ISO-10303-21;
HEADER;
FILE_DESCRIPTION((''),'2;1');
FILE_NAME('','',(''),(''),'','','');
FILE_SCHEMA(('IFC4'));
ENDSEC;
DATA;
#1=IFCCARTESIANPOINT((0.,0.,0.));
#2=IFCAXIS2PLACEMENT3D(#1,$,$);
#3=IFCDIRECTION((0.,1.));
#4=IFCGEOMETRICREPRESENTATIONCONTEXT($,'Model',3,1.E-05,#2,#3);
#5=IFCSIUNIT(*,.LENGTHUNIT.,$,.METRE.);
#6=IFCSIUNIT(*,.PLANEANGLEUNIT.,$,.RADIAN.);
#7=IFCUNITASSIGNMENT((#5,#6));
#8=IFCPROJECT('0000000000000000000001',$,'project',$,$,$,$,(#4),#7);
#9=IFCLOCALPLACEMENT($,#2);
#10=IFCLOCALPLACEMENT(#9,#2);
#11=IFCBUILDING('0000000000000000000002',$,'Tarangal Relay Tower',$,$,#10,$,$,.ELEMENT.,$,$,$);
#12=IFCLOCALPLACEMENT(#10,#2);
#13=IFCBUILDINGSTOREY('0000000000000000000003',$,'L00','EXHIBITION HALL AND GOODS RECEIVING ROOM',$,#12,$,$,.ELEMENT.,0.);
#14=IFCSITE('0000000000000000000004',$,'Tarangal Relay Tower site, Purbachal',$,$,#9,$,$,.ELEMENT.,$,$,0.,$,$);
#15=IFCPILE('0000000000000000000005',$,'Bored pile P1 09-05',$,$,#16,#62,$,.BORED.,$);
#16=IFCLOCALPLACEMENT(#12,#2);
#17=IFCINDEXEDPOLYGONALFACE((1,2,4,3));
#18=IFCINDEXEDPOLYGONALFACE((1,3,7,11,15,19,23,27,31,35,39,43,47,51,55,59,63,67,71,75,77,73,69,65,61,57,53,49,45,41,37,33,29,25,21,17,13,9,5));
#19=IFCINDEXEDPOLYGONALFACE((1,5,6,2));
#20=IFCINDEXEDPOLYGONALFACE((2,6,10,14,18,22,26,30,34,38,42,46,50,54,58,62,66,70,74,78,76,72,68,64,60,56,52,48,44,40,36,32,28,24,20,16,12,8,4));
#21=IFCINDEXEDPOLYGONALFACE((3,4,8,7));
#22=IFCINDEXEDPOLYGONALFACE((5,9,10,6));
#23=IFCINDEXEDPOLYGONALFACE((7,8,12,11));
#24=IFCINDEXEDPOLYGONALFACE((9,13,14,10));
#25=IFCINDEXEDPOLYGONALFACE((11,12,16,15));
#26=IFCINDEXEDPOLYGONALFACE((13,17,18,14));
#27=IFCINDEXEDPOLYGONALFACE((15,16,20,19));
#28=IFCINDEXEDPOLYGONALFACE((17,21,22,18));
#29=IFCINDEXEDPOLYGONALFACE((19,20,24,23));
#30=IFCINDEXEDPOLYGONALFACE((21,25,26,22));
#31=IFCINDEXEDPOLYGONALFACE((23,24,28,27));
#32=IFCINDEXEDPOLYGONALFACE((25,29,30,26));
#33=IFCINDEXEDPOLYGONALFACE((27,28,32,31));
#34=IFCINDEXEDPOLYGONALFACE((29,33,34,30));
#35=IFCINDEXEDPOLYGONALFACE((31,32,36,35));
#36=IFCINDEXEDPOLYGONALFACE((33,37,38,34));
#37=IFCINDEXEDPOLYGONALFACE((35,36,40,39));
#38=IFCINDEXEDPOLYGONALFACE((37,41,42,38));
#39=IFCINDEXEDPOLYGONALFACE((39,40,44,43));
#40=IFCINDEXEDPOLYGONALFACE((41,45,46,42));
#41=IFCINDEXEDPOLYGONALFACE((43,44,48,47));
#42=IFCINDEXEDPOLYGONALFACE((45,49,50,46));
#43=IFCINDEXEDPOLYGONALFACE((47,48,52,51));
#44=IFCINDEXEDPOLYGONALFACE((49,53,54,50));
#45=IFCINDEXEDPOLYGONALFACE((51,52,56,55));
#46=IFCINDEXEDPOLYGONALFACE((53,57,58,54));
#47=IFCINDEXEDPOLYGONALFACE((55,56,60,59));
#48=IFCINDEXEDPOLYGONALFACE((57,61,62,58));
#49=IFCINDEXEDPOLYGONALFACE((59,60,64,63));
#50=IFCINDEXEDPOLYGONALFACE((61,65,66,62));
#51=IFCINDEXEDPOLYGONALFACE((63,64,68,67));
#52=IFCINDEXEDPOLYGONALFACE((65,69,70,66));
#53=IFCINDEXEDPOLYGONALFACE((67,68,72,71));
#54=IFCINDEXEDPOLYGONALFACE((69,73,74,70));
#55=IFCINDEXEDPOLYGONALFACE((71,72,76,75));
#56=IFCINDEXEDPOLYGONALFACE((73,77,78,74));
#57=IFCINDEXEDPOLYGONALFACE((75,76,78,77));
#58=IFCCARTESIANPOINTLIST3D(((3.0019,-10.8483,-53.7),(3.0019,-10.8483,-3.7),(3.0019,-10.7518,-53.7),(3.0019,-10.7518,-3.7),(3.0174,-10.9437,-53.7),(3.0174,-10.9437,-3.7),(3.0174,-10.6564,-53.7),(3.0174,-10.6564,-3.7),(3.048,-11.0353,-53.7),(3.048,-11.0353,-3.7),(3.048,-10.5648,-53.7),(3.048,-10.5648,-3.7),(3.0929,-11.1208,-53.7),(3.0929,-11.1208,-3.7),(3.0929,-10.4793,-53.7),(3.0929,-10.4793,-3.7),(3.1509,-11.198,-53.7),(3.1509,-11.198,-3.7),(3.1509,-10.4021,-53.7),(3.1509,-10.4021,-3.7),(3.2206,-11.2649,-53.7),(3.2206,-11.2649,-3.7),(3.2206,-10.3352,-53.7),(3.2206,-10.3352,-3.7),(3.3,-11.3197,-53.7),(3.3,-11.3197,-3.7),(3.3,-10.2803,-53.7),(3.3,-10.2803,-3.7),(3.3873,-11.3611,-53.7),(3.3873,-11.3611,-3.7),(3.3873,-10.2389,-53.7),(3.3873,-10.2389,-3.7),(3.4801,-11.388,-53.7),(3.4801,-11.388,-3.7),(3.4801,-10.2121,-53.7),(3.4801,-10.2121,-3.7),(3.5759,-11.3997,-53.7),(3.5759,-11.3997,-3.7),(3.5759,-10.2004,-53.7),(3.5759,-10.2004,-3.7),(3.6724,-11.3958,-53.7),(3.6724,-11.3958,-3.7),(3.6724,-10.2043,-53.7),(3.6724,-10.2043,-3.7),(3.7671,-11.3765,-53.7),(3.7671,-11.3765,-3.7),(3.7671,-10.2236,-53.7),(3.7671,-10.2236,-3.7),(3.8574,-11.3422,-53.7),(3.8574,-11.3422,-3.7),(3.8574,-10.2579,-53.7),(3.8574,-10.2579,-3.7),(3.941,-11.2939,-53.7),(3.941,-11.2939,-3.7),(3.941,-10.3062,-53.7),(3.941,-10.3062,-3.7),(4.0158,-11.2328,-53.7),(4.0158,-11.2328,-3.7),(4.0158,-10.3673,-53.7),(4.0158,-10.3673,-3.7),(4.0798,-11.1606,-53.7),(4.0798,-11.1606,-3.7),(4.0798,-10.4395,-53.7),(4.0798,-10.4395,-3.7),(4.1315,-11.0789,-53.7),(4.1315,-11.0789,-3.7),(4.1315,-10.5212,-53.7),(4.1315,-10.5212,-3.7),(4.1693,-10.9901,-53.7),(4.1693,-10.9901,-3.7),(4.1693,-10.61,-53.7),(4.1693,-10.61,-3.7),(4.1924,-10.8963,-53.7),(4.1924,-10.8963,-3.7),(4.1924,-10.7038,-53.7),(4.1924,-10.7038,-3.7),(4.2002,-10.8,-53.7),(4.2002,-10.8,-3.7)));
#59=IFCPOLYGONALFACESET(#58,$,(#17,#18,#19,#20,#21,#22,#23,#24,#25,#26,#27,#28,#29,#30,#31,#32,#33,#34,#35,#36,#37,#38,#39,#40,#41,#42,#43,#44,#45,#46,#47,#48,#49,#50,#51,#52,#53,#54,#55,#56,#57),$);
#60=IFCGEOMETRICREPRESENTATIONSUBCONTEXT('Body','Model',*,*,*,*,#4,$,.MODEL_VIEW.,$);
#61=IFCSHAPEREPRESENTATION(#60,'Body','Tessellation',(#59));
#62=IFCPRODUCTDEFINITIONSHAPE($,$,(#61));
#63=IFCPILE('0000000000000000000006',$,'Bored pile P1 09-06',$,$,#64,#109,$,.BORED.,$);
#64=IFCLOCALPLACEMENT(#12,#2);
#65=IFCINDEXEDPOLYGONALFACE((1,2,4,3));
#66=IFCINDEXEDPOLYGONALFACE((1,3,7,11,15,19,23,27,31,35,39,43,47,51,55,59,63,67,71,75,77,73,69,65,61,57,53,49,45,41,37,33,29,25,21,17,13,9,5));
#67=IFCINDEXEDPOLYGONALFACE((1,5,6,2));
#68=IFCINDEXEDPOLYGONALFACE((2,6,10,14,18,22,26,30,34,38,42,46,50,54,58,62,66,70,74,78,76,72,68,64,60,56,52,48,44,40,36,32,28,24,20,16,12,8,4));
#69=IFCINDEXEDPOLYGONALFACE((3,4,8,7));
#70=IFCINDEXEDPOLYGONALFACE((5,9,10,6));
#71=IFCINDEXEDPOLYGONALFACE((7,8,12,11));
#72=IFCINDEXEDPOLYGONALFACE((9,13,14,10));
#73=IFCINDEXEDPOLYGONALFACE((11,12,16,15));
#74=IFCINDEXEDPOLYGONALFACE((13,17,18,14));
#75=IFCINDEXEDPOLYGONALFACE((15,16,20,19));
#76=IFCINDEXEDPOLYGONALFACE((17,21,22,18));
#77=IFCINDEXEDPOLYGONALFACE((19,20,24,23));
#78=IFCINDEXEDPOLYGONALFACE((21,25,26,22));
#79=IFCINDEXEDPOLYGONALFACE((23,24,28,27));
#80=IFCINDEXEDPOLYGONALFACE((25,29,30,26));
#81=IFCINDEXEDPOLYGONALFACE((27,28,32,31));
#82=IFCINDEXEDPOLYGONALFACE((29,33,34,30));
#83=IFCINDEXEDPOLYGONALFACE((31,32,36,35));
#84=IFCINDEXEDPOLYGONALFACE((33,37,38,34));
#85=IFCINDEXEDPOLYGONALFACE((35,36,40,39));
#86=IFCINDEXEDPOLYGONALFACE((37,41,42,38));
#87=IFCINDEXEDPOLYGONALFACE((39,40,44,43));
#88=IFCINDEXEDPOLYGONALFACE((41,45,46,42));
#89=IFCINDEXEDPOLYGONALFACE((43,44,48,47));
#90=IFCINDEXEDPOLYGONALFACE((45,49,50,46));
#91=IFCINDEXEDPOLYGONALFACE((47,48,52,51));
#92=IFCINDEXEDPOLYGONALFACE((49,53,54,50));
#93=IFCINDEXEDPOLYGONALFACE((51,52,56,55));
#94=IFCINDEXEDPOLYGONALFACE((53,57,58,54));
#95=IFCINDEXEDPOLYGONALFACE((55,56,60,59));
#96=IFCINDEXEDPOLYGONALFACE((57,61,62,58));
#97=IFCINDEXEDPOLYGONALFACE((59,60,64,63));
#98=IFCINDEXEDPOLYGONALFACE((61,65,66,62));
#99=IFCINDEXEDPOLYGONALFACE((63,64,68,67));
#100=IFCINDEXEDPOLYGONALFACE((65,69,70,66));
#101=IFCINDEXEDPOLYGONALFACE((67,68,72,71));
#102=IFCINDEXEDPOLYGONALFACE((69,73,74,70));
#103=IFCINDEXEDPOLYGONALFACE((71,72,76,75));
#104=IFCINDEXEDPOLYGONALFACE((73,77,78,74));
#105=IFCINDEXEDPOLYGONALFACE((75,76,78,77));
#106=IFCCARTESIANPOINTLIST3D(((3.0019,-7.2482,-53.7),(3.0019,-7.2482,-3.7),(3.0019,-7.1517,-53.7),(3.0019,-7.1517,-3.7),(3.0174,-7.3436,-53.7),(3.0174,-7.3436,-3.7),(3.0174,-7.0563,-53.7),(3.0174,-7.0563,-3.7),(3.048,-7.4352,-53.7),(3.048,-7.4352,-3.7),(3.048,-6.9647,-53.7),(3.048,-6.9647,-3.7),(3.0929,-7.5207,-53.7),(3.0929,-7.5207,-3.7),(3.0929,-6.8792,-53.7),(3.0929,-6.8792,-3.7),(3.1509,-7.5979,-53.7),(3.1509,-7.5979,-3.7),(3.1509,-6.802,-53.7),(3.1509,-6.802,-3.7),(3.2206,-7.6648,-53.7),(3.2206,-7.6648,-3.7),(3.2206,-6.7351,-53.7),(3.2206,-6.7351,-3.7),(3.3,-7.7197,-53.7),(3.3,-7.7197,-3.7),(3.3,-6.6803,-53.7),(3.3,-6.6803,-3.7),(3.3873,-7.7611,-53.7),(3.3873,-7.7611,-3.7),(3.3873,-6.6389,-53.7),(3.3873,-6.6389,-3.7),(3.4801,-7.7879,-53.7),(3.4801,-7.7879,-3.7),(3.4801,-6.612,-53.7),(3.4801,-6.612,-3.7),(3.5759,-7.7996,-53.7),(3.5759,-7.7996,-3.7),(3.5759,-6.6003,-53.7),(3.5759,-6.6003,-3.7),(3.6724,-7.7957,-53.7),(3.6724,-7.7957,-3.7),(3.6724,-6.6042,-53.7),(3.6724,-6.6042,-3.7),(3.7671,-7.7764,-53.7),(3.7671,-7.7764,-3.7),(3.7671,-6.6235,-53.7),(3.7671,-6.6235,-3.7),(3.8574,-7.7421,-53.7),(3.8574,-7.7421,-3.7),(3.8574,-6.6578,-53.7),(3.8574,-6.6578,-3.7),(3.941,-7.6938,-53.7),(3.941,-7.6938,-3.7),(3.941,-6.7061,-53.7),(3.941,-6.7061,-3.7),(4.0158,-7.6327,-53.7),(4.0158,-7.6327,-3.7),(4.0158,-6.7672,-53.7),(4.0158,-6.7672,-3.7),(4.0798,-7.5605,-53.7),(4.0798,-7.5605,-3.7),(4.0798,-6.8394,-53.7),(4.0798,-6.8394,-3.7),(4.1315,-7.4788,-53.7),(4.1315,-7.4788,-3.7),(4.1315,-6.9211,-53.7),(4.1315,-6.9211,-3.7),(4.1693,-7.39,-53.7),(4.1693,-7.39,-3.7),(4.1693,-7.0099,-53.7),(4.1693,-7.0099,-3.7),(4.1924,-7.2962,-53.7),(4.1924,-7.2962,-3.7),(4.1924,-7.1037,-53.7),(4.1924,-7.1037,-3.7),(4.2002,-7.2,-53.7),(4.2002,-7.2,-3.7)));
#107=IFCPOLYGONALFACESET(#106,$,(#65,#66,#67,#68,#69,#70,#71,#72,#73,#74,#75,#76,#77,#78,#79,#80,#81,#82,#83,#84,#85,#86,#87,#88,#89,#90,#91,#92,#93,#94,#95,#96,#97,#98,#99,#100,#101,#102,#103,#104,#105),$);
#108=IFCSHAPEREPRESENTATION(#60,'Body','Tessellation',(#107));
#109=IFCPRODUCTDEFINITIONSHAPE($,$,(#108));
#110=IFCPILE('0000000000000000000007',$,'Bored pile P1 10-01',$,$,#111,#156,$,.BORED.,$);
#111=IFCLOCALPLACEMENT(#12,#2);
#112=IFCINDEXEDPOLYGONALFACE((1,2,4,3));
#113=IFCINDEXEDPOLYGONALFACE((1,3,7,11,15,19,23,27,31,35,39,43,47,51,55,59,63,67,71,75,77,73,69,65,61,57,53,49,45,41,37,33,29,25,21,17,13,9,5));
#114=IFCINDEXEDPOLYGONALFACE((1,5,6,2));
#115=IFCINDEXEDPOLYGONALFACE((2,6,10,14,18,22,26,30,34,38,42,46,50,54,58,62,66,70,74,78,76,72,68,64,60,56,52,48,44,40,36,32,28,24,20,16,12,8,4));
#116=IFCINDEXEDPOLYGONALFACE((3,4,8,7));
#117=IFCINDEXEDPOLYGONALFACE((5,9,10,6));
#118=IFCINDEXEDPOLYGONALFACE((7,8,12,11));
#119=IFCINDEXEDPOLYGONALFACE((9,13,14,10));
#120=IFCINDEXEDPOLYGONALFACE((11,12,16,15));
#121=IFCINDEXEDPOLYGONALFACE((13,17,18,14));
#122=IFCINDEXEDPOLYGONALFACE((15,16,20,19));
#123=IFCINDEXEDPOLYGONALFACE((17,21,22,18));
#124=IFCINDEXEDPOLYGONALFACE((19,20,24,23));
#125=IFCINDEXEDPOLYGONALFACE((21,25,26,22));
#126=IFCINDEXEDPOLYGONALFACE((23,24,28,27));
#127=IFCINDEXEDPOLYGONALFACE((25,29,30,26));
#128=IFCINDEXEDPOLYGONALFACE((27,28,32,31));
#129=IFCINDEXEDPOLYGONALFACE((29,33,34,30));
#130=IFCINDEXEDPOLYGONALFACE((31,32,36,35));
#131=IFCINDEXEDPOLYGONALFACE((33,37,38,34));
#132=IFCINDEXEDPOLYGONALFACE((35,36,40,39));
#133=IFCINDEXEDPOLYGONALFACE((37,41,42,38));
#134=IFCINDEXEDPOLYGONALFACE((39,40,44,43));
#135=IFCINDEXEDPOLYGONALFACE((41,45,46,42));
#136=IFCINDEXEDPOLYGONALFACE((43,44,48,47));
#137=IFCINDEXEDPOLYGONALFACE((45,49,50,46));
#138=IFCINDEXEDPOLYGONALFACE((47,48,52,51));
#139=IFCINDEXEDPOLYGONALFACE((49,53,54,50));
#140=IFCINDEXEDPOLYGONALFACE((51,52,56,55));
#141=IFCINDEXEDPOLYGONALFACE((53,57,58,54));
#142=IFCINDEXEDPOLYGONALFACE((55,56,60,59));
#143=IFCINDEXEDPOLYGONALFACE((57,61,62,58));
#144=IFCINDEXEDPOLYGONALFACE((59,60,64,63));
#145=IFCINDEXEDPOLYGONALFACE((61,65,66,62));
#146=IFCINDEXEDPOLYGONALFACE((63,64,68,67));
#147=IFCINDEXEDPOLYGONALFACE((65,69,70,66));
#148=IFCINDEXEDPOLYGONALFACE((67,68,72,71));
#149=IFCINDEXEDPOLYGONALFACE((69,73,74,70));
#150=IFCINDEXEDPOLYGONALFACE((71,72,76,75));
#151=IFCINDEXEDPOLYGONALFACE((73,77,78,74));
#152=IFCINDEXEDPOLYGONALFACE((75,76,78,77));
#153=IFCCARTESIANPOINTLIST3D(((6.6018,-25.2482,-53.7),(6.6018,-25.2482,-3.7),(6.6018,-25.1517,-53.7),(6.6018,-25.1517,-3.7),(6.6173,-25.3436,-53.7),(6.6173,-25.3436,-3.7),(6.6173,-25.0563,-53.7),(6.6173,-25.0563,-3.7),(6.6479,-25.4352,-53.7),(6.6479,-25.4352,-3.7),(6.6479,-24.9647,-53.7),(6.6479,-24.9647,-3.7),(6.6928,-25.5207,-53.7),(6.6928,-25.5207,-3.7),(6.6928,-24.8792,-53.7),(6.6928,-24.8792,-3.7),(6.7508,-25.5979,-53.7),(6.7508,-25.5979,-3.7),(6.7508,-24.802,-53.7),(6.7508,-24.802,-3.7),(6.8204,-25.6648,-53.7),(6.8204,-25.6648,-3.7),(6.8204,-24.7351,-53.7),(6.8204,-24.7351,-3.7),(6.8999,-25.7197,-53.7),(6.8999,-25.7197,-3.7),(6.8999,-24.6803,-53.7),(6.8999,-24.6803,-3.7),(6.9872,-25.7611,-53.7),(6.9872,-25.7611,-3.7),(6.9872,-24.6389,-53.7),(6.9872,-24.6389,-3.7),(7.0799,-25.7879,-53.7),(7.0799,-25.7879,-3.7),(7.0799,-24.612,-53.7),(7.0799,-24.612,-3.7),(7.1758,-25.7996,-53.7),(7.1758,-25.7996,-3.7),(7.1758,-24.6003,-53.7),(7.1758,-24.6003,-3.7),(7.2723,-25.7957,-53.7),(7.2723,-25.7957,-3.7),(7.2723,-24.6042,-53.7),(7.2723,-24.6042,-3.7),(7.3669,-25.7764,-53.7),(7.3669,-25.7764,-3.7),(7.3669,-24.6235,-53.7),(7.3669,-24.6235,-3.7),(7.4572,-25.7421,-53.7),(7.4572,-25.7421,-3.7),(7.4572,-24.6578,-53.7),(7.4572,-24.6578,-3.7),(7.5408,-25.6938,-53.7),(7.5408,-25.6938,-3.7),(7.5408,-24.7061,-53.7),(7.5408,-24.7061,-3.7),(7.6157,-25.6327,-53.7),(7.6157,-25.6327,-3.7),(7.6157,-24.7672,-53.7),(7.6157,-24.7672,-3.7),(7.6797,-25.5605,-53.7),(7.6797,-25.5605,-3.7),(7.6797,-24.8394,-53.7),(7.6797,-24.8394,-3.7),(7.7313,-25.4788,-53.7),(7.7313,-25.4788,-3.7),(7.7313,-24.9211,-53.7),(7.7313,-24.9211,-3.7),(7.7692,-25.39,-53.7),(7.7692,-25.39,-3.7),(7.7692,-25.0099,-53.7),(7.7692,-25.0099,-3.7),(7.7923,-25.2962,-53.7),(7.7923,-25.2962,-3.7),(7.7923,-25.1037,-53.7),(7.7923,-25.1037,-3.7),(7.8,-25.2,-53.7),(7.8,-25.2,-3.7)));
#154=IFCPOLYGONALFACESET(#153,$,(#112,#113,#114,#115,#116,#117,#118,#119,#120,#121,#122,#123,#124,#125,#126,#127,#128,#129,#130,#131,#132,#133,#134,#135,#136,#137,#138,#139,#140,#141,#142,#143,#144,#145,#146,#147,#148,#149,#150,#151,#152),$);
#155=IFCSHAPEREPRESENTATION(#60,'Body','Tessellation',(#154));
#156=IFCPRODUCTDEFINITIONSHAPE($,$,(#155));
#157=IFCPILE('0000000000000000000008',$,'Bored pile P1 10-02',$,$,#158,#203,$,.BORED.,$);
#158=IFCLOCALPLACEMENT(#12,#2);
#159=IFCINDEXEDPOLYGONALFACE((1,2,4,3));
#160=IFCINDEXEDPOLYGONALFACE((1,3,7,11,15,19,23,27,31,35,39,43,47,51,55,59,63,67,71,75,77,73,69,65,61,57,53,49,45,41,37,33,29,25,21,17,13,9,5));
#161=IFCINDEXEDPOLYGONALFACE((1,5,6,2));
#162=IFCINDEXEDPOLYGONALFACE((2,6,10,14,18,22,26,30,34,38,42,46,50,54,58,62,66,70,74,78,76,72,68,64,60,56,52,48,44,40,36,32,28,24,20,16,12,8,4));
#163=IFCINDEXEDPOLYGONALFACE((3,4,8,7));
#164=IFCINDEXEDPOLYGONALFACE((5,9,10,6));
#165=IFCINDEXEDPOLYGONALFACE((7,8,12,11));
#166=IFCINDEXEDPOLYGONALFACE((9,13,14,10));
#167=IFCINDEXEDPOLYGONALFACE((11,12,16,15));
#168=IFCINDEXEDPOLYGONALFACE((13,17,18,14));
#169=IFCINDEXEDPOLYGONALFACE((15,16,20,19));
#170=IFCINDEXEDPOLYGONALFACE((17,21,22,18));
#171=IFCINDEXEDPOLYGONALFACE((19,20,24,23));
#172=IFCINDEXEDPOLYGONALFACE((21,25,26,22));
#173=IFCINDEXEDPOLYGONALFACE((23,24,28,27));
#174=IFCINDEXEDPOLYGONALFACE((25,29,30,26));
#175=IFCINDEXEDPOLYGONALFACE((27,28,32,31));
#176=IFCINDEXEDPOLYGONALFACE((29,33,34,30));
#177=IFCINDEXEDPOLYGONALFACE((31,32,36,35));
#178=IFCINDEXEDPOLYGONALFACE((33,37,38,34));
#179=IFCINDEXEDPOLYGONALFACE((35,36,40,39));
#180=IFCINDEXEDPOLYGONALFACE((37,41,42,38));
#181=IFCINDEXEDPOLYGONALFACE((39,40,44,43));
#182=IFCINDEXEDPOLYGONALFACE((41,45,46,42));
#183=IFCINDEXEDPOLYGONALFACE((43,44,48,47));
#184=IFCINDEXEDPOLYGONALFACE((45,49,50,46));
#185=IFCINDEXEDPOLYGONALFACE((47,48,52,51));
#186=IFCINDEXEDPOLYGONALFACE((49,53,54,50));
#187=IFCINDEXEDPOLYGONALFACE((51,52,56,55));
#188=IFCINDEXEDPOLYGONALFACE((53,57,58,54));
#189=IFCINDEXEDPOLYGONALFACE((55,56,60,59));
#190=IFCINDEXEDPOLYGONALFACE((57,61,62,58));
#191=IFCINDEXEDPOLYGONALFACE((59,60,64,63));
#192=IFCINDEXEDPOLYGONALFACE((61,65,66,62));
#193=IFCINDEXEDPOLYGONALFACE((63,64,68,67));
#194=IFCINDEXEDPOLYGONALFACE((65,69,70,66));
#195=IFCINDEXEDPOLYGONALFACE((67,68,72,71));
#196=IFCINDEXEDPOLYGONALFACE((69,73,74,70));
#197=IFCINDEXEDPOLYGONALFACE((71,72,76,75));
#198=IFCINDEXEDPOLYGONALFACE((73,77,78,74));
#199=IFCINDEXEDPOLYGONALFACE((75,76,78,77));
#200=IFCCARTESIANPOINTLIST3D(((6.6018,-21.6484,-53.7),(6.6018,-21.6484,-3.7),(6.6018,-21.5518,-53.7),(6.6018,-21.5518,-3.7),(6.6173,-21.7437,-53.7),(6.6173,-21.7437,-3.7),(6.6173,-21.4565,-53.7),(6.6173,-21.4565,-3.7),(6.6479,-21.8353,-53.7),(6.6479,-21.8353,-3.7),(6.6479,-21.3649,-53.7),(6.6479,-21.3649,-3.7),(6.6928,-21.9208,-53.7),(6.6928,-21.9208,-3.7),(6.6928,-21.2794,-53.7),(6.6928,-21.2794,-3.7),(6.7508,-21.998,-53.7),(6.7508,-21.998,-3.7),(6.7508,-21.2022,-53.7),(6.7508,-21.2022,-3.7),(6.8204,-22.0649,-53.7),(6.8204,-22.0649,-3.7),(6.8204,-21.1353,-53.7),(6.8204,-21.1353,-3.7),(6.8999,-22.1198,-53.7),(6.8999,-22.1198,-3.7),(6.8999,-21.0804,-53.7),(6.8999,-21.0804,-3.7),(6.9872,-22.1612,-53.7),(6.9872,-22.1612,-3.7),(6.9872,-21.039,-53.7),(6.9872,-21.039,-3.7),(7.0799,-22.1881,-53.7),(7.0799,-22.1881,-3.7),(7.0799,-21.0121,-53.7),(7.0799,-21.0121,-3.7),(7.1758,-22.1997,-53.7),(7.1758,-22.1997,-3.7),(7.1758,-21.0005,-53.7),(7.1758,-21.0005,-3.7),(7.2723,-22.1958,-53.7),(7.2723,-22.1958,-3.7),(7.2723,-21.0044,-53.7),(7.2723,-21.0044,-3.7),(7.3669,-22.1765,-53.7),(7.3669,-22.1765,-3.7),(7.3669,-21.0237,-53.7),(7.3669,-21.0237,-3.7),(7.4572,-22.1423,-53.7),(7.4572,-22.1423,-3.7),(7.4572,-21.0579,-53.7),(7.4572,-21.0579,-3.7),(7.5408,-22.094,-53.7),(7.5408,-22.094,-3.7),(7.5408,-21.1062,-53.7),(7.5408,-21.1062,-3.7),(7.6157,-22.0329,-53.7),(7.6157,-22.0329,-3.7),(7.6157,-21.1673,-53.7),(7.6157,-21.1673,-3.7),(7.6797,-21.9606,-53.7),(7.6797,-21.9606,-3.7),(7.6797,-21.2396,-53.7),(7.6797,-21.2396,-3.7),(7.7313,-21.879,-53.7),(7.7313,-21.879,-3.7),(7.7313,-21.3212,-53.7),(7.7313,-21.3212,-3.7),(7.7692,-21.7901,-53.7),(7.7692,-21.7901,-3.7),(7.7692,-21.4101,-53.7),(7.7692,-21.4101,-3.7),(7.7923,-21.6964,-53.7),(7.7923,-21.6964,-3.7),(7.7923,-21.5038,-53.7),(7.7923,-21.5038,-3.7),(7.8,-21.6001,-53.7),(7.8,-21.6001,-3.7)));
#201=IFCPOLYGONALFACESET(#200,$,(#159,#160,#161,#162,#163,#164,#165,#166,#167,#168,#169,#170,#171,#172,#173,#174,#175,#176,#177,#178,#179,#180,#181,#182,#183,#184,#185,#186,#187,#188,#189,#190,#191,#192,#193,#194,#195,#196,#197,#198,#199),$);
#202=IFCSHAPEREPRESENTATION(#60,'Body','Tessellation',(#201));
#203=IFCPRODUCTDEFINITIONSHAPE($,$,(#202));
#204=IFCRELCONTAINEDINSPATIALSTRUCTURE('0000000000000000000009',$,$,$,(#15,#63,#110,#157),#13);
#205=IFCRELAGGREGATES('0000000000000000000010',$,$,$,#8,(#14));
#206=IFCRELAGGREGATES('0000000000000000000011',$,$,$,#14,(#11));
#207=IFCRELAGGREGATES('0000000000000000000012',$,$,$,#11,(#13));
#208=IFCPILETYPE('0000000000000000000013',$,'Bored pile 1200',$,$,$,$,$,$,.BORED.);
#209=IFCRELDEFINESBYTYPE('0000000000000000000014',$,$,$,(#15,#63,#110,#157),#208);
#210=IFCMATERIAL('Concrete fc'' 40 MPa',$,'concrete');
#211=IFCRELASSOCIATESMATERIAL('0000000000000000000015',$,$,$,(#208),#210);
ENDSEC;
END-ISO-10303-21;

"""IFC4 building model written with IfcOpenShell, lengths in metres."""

from ifc_helpers import new_model, si_unit, direction, frame, origin, origin_2d, place, context, subcontext, project, spatial, circle, extrude, material, material_profile, profile_set, type_object, element, save


model = new_model("IFC4")

# Units and contexts
model_context = context("Model", 3, precision=1e-05, world=origin(), true_north=direction((0.0, 1.0)))
body_context = subcontext(model_context, "Body", "Model", "MODEL_VIEW")
ifc_project = project(units=[si_unit("LENGTHUNIT", "METRE"), si_unit("PLANEANGLEUNIT", "RADIAN")], contexts=[model_context])

# Site, building, storey
site_placement = place(None, origin())
site = spatial("IfcSite", under=ifc_project, at=site_placement, Name="Tarangal Relay Tower site, Purbachal", CompositionType="ELEMENT", RefElevation=0.0)
building_placement = place(site_placement, origin())
building = spatial("IfcBuilding", under=site, at=building_placement, Name="Tarangal Relay Tower", CompositionType="ELEMENT")
storey_placement = place(building_placement, origin())
storey = spatial("IfcBuildingStorey", under=building, at=storey_placement, Name="L00", Description="EXHIBITION HALL AND GOODS RECEIVING ROOM", CompositionType="ELEMENT", Elevation=0.0)

# Piles
ifc_material_1 = material(Name="Concrete fc' 40 MPa", Category="concrete")
ifc_material_profile_1 = material_profile(ifc_material_1, circle(Radius=0.6001, at=origin_2d()), Name="D1200")
ifc_profile_set_1 = profile_set([ifc_material_profile_1], Name="Concrete fc' 40 MPa")
pile_type = type_object("IfcPileType", Name="Bored pile 1200", PredefinedType="BORED", material=ifc_profile_set_1)
for number, where, z_axis, x_axis, name in (
    (1, (3.6001, -10.8, -3.7), (0.0, 0.0, -1.0), (1.0, 0.0, 0.0), "Bored pile P1 09-05"),
    (2, (3.6001, -7.2, -3.7), (0.0, 0.0, -1.0), (1.0, 0.0, 0.0), "Bored pile P1 09-06"),
    (3, (7.2, -25.2, -3.7), (0.0, 0.0, -1.0), (1.0, 0.0, 0.0), "Bored pile P1 10-01"),
    (4, (7.2, -21.6001, -3.7), (0.0, 0.0, -1.0), (1.0, 0.0, 0.0), "Bored pile P1 10-02"),
):
    element("IfcPile", number, at=place(storey_placement, frame(where, z_axis=z_axis, x_axis=x_axis)), inside=storey, type_object=pile_type, Name=name, PredefinedType="BORED", context=body_context, shape_type="SweptSolid", body=[
        extrude(circle(Radius=0.6001, at=origin_2d()), origin(), (0.0, 0.0, 1.0), 50.0),
    ])

save(model, "model.ifc")
